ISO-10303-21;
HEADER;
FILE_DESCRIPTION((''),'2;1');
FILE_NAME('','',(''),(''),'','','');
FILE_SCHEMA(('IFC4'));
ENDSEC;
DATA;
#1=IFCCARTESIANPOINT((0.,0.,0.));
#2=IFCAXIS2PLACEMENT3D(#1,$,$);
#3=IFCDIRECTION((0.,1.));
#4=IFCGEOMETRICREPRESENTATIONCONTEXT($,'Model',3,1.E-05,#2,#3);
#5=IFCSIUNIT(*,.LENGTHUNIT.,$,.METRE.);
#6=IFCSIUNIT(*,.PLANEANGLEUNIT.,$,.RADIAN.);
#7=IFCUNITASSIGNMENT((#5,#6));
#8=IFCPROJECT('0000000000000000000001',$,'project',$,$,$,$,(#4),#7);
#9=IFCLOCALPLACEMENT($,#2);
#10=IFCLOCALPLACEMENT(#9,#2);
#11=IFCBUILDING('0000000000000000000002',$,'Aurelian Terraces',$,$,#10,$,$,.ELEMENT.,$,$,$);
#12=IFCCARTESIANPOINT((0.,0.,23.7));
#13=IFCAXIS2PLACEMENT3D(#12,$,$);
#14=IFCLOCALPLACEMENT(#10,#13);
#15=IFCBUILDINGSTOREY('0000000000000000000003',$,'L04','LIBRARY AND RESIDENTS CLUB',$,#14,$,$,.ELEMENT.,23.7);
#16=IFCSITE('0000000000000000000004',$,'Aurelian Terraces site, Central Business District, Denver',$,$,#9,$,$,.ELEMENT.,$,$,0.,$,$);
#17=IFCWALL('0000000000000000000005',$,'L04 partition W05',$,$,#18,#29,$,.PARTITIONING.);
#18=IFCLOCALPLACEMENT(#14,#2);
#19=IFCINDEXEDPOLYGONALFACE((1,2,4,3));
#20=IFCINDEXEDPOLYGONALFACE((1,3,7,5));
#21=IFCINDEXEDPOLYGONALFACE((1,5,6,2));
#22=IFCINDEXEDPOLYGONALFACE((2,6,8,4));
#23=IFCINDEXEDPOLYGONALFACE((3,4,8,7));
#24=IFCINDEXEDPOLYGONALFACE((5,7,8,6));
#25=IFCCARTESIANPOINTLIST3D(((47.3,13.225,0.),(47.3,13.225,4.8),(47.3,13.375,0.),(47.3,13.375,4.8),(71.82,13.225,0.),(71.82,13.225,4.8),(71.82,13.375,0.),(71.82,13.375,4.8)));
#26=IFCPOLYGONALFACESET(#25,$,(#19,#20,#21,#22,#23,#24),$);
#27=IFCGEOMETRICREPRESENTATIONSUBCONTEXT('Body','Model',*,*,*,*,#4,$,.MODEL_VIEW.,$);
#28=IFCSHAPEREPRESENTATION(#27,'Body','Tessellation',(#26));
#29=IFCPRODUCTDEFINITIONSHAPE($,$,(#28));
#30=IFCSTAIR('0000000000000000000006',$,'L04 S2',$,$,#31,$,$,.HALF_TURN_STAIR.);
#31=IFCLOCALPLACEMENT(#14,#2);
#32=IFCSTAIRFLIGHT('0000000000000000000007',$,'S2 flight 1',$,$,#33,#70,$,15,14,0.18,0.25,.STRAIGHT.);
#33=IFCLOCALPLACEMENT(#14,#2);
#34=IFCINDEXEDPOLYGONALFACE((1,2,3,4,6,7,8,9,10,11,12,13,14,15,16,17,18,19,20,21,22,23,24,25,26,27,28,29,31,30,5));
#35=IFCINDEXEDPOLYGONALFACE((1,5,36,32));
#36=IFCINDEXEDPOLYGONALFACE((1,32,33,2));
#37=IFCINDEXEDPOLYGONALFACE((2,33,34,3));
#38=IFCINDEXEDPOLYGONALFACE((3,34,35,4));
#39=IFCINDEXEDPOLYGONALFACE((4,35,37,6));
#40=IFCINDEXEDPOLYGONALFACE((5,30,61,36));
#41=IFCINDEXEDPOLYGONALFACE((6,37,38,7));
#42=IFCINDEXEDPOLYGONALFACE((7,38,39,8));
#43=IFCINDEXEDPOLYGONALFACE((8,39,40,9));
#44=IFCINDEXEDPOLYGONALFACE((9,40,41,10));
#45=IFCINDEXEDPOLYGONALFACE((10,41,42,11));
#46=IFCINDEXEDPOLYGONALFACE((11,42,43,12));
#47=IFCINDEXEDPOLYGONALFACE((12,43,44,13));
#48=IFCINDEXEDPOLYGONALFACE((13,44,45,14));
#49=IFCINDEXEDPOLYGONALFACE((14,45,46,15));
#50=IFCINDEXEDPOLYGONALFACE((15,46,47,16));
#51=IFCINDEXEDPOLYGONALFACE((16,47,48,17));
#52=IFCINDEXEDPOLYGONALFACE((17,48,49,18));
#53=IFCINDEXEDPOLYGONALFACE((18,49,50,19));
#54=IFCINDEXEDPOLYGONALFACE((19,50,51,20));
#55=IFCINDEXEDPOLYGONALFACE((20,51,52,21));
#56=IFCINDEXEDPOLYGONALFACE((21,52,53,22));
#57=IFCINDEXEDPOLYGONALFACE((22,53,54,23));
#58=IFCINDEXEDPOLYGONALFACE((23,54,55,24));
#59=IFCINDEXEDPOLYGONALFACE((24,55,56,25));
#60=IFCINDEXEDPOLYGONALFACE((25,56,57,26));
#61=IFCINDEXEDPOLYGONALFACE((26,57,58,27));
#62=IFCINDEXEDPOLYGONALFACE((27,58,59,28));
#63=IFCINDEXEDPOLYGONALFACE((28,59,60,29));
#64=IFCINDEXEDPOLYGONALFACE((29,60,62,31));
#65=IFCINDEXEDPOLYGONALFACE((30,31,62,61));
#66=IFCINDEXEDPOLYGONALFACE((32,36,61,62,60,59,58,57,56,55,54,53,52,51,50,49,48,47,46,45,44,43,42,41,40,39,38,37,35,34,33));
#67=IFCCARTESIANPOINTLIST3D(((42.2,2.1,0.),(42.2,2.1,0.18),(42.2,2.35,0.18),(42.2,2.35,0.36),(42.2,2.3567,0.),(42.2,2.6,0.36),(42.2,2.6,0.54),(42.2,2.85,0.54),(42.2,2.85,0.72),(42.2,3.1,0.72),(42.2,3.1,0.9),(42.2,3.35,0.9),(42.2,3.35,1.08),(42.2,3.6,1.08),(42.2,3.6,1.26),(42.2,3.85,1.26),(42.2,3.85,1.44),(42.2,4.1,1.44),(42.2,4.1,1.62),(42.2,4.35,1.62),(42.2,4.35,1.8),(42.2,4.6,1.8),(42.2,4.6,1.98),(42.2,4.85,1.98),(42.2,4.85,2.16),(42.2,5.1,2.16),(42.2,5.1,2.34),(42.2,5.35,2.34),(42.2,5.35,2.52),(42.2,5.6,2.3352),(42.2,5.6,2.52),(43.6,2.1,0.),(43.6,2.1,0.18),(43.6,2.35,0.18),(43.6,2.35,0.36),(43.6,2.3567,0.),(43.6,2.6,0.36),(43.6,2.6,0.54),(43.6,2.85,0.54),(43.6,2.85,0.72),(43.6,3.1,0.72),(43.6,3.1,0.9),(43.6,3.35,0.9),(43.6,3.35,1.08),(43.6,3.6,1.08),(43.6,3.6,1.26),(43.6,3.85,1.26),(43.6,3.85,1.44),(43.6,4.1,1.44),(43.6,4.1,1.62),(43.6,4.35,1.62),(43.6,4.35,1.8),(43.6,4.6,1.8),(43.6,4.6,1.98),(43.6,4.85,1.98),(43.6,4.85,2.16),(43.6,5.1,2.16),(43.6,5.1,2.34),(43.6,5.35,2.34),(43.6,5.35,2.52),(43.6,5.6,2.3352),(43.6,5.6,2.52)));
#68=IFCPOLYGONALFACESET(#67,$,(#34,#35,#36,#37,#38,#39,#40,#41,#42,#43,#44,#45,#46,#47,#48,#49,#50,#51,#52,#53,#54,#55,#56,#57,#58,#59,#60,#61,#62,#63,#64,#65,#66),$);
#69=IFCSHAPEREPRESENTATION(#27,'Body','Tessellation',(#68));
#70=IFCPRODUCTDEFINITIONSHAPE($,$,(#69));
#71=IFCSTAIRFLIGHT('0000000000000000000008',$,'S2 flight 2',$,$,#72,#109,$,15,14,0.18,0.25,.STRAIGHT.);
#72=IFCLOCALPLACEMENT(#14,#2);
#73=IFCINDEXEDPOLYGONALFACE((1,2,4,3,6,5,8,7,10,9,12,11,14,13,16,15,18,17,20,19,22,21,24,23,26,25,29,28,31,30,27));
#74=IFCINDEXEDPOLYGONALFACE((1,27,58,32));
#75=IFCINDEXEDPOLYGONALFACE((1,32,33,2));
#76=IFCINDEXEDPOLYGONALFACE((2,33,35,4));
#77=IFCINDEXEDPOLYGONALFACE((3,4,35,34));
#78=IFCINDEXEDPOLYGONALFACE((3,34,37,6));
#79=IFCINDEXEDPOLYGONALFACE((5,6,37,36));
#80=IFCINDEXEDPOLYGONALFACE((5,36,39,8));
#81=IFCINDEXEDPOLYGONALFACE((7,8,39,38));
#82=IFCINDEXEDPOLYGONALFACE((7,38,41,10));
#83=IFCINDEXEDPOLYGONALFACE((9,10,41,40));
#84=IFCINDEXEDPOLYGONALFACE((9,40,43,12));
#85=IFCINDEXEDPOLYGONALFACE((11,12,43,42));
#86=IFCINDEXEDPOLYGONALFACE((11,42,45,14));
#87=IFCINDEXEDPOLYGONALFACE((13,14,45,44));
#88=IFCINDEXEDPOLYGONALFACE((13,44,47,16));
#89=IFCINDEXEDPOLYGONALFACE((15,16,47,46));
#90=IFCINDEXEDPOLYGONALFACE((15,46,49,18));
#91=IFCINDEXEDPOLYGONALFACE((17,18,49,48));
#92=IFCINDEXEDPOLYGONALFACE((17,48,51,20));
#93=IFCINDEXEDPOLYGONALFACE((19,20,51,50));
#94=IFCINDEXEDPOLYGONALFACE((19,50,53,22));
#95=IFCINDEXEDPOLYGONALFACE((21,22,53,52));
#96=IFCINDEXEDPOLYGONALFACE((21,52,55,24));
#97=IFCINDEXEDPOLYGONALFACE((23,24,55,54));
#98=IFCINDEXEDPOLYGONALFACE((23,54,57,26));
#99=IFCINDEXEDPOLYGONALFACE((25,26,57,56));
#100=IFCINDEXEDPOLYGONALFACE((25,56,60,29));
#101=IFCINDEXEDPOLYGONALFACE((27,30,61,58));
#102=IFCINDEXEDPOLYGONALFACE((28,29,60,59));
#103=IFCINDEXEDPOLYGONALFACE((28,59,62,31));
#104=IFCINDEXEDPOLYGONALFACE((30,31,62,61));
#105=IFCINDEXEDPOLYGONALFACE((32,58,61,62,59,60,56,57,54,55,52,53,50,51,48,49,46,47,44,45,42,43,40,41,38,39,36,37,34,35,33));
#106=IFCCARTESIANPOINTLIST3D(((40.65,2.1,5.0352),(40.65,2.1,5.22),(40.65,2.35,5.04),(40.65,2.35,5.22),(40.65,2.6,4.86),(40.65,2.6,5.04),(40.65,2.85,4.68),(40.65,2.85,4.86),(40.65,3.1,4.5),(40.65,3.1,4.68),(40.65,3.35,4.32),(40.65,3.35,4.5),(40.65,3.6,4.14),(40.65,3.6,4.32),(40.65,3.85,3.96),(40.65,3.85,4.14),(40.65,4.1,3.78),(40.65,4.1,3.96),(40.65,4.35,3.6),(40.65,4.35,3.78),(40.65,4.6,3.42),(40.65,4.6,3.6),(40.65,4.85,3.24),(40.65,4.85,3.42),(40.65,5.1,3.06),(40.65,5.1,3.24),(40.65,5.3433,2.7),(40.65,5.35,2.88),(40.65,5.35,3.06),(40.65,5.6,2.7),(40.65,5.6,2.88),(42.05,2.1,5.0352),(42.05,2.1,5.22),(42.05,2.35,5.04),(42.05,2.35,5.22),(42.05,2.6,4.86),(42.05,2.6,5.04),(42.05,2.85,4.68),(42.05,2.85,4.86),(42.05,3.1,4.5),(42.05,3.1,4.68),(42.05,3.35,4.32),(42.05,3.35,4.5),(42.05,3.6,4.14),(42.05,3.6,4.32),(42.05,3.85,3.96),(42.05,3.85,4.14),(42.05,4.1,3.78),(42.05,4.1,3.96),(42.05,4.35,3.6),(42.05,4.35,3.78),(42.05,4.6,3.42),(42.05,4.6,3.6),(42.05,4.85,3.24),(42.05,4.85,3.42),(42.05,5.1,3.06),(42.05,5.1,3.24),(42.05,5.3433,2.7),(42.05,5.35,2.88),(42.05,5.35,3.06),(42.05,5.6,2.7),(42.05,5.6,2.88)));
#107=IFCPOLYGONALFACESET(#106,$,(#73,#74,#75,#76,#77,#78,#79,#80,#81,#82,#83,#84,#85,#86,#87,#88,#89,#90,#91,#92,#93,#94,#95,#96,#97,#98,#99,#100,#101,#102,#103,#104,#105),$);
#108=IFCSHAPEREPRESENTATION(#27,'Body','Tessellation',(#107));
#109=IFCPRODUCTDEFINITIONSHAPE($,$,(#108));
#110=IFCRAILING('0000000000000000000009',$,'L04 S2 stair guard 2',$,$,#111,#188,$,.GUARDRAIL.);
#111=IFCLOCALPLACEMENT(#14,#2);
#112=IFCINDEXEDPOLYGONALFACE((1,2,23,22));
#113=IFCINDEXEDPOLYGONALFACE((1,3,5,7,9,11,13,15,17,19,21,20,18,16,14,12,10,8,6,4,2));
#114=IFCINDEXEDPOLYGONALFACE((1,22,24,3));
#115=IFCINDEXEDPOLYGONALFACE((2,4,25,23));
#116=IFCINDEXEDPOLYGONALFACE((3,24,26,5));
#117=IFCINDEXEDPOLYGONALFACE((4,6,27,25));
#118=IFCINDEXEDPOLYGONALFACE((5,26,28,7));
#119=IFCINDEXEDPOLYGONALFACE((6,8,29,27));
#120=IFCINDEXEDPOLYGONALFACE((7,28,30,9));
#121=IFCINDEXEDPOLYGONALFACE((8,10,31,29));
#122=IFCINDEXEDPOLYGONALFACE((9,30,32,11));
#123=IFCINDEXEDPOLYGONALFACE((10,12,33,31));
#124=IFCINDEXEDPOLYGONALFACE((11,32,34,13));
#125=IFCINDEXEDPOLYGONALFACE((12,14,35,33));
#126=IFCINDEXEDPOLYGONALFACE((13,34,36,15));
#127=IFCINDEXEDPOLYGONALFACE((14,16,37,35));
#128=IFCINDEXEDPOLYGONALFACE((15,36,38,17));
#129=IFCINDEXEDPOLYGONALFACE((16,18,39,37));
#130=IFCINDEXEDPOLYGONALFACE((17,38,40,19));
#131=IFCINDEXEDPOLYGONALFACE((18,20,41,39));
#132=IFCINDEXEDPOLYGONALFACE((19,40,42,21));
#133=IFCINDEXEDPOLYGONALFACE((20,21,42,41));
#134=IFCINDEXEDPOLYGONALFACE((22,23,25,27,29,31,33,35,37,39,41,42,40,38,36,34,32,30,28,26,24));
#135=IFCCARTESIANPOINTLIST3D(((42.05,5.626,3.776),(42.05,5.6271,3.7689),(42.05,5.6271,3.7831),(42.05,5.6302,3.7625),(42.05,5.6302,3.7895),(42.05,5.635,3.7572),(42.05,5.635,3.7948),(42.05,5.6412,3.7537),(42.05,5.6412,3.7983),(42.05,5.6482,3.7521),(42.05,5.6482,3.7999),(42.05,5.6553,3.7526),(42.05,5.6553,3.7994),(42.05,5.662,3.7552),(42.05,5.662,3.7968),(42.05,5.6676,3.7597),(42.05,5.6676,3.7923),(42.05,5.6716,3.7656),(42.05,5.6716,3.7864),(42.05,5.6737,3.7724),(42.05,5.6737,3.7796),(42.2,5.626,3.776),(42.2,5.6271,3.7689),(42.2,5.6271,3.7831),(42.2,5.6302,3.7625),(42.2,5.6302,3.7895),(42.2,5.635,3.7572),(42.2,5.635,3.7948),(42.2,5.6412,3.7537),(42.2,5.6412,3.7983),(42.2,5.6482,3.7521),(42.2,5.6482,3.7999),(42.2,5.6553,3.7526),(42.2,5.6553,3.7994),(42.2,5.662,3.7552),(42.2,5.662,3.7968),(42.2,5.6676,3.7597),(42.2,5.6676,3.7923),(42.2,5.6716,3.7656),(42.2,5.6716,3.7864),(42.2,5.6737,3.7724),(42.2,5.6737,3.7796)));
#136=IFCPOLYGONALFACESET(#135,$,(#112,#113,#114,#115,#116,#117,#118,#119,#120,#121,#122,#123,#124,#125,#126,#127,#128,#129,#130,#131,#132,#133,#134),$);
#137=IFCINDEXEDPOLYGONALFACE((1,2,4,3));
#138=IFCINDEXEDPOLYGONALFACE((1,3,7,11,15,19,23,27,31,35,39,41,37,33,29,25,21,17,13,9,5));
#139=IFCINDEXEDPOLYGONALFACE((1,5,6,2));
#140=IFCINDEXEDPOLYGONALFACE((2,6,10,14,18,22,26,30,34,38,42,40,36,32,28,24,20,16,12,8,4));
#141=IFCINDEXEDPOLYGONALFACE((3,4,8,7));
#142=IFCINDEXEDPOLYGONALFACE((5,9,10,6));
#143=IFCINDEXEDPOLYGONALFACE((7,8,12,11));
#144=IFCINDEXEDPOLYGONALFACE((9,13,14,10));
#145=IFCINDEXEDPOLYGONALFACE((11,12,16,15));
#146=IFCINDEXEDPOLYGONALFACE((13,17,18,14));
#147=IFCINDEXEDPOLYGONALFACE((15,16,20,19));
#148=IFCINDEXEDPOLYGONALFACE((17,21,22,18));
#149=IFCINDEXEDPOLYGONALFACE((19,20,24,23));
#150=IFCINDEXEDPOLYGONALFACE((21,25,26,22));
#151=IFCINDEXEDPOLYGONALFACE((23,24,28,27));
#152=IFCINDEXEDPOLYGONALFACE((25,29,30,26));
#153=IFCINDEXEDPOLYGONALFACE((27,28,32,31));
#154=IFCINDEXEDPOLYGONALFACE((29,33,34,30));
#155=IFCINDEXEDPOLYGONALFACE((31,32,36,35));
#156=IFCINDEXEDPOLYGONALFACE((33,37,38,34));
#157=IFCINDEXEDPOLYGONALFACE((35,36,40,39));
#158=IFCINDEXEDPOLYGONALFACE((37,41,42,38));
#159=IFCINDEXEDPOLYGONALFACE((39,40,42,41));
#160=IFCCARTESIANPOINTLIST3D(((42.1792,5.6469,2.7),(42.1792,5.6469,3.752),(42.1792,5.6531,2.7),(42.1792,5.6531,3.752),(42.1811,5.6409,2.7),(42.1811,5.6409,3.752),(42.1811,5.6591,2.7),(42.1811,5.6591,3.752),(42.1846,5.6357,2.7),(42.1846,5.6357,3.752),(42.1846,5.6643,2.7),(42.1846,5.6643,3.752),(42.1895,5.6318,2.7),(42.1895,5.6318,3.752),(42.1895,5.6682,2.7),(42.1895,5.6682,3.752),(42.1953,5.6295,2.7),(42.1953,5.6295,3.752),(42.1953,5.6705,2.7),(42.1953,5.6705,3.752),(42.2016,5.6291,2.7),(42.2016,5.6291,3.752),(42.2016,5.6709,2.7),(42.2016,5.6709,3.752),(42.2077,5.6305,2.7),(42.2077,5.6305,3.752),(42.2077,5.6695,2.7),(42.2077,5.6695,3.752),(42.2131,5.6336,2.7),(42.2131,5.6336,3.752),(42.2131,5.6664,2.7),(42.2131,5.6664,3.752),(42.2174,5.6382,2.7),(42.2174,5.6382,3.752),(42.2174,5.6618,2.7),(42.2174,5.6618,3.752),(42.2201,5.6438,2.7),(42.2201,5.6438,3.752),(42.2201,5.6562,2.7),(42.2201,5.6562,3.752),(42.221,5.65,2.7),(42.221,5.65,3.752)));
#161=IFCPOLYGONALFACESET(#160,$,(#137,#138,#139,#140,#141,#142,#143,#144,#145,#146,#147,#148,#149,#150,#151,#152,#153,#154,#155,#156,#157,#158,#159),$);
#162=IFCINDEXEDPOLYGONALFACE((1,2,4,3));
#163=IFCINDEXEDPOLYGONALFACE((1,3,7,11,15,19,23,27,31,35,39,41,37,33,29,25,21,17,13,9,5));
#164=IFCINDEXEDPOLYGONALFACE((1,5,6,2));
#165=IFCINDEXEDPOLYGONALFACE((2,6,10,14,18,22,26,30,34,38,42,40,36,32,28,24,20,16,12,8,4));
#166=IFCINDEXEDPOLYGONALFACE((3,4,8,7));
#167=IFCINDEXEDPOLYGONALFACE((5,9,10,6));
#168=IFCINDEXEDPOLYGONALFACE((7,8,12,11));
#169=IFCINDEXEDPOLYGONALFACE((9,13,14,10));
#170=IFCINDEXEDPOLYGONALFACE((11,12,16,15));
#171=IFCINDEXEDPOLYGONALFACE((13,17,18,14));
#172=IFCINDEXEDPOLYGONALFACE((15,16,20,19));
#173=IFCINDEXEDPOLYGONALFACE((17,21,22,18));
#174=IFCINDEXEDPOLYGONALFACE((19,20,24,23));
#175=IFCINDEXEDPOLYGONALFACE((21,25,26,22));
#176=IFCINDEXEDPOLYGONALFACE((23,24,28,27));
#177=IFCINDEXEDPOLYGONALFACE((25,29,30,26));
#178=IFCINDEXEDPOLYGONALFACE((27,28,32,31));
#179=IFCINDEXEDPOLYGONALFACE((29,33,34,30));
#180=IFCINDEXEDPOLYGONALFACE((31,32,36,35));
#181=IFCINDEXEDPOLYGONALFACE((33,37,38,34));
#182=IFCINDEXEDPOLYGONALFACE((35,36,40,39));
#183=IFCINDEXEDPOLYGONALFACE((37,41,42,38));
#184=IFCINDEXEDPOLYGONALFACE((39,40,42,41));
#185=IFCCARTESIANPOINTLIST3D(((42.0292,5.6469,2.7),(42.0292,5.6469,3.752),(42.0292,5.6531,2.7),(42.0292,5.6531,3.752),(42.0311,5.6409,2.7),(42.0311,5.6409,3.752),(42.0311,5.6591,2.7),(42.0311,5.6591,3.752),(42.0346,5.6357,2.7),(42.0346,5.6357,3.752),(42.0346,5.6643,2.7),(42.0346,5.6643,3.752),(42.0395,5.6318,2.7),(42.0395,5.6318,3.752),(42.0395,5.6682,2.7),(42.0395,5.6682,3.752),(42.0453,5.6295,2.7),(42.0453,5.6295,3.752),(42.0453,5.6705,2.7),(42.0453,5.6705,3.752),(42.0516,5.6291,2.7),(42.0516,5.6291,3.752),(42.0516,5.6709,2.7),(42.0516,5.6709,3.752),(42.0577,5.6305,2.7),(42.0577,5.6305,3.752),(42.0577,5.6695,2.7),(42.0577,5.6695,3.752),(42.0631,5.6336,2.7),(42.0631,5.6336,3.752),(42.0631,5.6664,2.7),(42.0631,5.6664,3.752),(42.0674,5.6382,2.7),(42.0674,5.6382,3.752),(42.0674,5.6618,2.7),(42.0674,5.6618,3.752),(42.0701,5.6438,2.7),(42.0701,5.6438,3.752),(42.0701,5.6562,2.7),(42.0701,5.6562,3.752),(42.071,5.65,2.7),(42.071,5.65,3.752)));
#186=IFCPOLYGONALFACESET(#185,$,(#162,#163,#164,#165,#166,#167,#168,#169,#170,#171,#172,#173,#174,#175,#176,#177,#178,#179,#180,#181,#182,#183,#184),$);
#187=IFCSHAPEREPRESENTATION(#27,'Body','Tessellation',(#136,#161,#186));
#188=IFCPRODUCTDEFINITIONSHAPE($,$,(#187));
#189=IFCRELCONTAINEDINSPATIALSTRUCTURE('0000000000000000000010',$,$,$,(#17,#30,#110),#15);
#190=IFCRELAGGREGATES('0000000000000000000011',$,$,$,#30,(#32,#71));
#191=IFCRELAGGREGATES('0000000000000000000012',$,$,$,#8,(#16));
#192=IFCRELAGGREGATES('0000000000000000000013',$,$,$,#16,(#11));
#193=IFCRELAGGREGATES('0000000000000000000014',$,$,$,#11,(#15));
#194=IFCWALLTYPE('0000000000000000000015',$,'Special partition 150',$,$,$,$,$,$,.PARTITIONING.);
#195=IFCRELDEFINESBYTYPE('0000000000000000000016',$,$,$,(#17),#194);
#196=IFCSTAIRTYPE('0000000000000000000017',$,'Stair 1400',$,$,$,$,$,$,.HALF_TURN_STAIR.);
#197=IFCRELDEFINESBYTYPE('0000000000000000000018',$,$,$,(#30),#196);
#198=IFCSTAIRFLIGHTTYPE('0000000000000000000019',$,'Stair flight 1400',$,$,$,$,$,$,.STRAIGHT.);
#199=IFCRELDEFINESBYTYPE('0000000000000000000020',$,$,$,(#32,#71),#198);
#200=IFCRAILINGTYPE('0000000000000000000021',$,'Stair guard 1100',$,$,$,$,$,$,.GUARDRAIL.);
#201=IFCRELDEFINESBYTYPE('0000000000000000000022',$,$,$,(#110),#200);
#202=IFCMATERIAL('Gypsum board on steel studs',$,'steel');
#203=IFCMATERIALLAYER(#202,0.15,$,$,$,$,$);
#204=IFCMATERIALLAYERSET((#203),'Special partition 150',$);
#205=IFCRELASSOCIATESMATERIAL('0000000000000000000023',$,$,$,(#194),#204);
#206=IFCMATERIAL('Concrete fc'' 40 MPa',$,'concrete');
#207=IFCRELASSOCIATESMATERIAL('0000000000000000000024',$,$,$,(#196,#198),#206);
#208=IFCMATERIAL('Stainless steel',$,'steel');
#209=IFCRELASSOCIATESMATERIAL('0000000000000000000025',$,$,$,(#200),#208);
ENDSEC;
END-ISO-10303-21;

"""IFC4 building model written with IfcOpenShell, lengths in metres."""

from ifc_helpers import new_model, si_unit, direction, frame, frame_2d, origin, origin_2d, place, context, subcontext, project, spatial, polyline, rectangle, circle, outline, extrude, source, transform, mapped, material, layer, layer_set, type_object, element, aggregate, save


model = new_model("IFC4")

# Units and contexts
model_context = context("Model", 3, precision=1e-05, world=origin(), true_north=direction((0.0, 1.0)))
body_context = subcontext(model_context, "Body", "Model", "MODEL_VIEW")
ifc_project = project(units=[si_unit("LENGTHUNIT", "METRE"), si_unit("PLANEANGLEUNIT", "RADIAN")], contexts=[model_context])

# Site, building, storey
site_placement = place(None, origin())
site = spatial("IfcSite", under=ifc_project, at=site_placement, Name="Aurelian Terraces site, Central Business District, Denver", CompositionType="ELEMENT", RefElevation=0.0)
building_placement = place(site_placement, origin())
building = spatial("IfcBuilding", under=site, at=building_placement, Name="Aurelian Terraces", CompositionType="ELEMENT")
storey_placement = place(building_placement, frame((0.0, 0.0, 23.7)))
storey = spatial("IfcBuildingStorey", under=building, at=storey_placement, Name="L04", Description="LIBRARY AND RESIDENTS CLUB", CompositionType="ELEMENT", Elevation=23.7)

# Shared definitions
ifc_material_1 = material(Name="Concrete fc' 40 MPa", Category="concrete")

# Shared definitions
ifc_material_2 = material(Name="Gypsum board on steel studs", Category="steel")

# Shared definitions
ifc_layer_1 = layer(ifc_material_2, 0.15)
ifc_layer_set_1 = layer_set([ifc_layer_1], Name="Special partition 150")
wall_type_1 = type_object("IfcWallType", Name="Special partition 150", PredefinedType="PARTITIONING", material=ifc_layer_set_1)

# Wall
shared_shape_1 = source(origin(), body_context, "Body", "SweptSolid", [
    extrude(rectangle(XDim=24.52, YDim=0.15, at=frame_2d((12.26, 0.0))), origin(), (0.0, 0.0, 1.0), 4.8),
])
wall_1_placement = place(storey_placement, frame((47.3, 13.3, 0.0), z_axis=(0.0, 0.0, 1.0), x_axis=(1.0, 0.0, 0.0)))
element("IfcWall", 1, at=wall_1_placement, inside=storey, type_object=wall_type_1, Name="L04 partition W05", PredefinedType="PARTITIONING", context=body_context, shape_type="MappedRepresentation", body=[
    mapped(shared_shape_1, transform((0.0, 0.0, 0.0), scale=1.0)),
])

# Stair, stair flights
stair_type = type_object("IfcStairType", Name="Stair 1400", PredefinedType="HALF_TURN_STAIR", material=ifc_material_1)
stair_placement = place(storey_placement, origin())
stair = element("IfcStair", 2, at=stair_placement, inside=storey, type_object=stair_type, Name="L04 S2", PredefinedType="HALF_TURN_STAIR")
stair_flight_type = type_object("IfcStairFlightType", Name="Stair flight 1400", PredefinedType="STRAIGHT", material=ifc_material_1)
shared_shape_2 = source(origin(), body_context, "Body", "SweptSolid", [
    extrude(outline(polyline([(0.0, 0.0), (0.0, 0.18), (0.25, 0.18), (0.25, 0.36), (0.5, 0.36), (0.5, 0.54), (0.75, 0.54), (0.75, 0.72), (1.0, 0.72), (1.0, 0.9), (1.25, 0.9), (1.25, 1.08), (1.5, 1.08), (1.5, 1.26), (1.75, 1.26), (1.75, 1.44), (2.0, 1.44), (2.0, 1.62), (2.25, 1.62), (2.25, 1.8), (2.5, 1.8), (2.5, 1.98), (2.75, 1.98), (2.75, 2.16), (3.0, 2.16), (3.0, 2.34), (3.25, 2.34), (3.25, 2.52), (3.5, 2.52), (3.5, 2.7), (3.5, 2.3352), (0.2567, 0.0), (0.0, 0.0)])), frame((0.0, 0.7, 0.0), z_axis=(0.0, -1.0, 0.0), x_axis=(1.0, 0.0, 0.0)), (0.0, 0.0, 1.0), 1.4),
])
stair_flight_1_placement = place(storey_placement, frame((42.9, 2.1, 0.0), z_axis=(0.0, 0.0, 1.0), x_axis=(0.0, 1.0, 0.0)))
stair_flight_1 = element("IfcStairFlight", 3, at=stair_flight_1_placement, type_object=stair_flight_type, Name="S2 flight 1", NumberOfRisers=15, NumberOfTreads=14, PredefinedType="STRAIGHT", RiserHeight=0.18, TreadLength=0.25, context=body_context, shape_type="MappedRepresentation", body=[
    mapped(shared_shape_2, transform((0.0, 0.0, 0.0), scale=1.0)),
])
stair_flight_2_placement = place(storey_placement, frame((41.35, 5.6, 2.7), z_axis=(0.0, 0.0, 1.0), x_axis=(0.0, -1.0, 0.0)))
stair_flight_2 = element("IfcStairFlight", 4, at=stair_flight_2_placement, type_object=stair_flight_type, Name="S2 flight 2", NumberOfRisers=15, NumberOfTreads=14, PredefinedType="STRAIGHT", RiserHeight=0.18, TreadLength=0.25, context=body_context, shape_type="MappedRepresentation", body=[
    mapped(shared_shape_2, transform((0.0, 0.0, 0.0), scale=1.0)),
])
aggregate(stair, [stair_flight_1, stair_flight_2])

# Railing
ifc_material_3 = material(Name="Stainless steel", Category="steel")
railing_type_1 = type_object("IfcRailingType", Name="Stair guard 1100", PredefinedType="GUARDRAIL", material=ifc_material_3)
shared_shape_3 = source(origin(), body_context, "Body", "SweptSolid", [
    extrude(circle(Radius=0.024, at=origin_2d()), frame((0.0, 0.0, 1.076), z_axis=(-1.0, 0.0, 0.0), x_axis=(0.0, -1.0, 0.0)), (0.0, 0.0, 1.0), 0.15),
    extrude(circle(Radius=0.021, at=origin_2d()), origin(), (0.0, 0.0, 1.0), 1.052),
    extrude(circle(Radius=0.021, at=origin_2d()), frame((-0.15, 0.0, 0.0)), (0.0, 0.0, 1.0), 1.052),
])
for number, where, name in (
    (5, (42.2, 5.65, 2.7), "L04 S2 stair guard 2"),
):
    element("IfcRailing", number, at=place(storey_placement, frame(where)), inside=storey, type_object=railing_type_1, Name=name, PredefinedType="GUARDRAIL", context=body_context, shape_type="MappedRepresentation", body=[
        mapped(shared_shape_3, transform((0.0, 0.0, 0.0), scale=1.0)),
    ])

save(model, "model.ifc")
